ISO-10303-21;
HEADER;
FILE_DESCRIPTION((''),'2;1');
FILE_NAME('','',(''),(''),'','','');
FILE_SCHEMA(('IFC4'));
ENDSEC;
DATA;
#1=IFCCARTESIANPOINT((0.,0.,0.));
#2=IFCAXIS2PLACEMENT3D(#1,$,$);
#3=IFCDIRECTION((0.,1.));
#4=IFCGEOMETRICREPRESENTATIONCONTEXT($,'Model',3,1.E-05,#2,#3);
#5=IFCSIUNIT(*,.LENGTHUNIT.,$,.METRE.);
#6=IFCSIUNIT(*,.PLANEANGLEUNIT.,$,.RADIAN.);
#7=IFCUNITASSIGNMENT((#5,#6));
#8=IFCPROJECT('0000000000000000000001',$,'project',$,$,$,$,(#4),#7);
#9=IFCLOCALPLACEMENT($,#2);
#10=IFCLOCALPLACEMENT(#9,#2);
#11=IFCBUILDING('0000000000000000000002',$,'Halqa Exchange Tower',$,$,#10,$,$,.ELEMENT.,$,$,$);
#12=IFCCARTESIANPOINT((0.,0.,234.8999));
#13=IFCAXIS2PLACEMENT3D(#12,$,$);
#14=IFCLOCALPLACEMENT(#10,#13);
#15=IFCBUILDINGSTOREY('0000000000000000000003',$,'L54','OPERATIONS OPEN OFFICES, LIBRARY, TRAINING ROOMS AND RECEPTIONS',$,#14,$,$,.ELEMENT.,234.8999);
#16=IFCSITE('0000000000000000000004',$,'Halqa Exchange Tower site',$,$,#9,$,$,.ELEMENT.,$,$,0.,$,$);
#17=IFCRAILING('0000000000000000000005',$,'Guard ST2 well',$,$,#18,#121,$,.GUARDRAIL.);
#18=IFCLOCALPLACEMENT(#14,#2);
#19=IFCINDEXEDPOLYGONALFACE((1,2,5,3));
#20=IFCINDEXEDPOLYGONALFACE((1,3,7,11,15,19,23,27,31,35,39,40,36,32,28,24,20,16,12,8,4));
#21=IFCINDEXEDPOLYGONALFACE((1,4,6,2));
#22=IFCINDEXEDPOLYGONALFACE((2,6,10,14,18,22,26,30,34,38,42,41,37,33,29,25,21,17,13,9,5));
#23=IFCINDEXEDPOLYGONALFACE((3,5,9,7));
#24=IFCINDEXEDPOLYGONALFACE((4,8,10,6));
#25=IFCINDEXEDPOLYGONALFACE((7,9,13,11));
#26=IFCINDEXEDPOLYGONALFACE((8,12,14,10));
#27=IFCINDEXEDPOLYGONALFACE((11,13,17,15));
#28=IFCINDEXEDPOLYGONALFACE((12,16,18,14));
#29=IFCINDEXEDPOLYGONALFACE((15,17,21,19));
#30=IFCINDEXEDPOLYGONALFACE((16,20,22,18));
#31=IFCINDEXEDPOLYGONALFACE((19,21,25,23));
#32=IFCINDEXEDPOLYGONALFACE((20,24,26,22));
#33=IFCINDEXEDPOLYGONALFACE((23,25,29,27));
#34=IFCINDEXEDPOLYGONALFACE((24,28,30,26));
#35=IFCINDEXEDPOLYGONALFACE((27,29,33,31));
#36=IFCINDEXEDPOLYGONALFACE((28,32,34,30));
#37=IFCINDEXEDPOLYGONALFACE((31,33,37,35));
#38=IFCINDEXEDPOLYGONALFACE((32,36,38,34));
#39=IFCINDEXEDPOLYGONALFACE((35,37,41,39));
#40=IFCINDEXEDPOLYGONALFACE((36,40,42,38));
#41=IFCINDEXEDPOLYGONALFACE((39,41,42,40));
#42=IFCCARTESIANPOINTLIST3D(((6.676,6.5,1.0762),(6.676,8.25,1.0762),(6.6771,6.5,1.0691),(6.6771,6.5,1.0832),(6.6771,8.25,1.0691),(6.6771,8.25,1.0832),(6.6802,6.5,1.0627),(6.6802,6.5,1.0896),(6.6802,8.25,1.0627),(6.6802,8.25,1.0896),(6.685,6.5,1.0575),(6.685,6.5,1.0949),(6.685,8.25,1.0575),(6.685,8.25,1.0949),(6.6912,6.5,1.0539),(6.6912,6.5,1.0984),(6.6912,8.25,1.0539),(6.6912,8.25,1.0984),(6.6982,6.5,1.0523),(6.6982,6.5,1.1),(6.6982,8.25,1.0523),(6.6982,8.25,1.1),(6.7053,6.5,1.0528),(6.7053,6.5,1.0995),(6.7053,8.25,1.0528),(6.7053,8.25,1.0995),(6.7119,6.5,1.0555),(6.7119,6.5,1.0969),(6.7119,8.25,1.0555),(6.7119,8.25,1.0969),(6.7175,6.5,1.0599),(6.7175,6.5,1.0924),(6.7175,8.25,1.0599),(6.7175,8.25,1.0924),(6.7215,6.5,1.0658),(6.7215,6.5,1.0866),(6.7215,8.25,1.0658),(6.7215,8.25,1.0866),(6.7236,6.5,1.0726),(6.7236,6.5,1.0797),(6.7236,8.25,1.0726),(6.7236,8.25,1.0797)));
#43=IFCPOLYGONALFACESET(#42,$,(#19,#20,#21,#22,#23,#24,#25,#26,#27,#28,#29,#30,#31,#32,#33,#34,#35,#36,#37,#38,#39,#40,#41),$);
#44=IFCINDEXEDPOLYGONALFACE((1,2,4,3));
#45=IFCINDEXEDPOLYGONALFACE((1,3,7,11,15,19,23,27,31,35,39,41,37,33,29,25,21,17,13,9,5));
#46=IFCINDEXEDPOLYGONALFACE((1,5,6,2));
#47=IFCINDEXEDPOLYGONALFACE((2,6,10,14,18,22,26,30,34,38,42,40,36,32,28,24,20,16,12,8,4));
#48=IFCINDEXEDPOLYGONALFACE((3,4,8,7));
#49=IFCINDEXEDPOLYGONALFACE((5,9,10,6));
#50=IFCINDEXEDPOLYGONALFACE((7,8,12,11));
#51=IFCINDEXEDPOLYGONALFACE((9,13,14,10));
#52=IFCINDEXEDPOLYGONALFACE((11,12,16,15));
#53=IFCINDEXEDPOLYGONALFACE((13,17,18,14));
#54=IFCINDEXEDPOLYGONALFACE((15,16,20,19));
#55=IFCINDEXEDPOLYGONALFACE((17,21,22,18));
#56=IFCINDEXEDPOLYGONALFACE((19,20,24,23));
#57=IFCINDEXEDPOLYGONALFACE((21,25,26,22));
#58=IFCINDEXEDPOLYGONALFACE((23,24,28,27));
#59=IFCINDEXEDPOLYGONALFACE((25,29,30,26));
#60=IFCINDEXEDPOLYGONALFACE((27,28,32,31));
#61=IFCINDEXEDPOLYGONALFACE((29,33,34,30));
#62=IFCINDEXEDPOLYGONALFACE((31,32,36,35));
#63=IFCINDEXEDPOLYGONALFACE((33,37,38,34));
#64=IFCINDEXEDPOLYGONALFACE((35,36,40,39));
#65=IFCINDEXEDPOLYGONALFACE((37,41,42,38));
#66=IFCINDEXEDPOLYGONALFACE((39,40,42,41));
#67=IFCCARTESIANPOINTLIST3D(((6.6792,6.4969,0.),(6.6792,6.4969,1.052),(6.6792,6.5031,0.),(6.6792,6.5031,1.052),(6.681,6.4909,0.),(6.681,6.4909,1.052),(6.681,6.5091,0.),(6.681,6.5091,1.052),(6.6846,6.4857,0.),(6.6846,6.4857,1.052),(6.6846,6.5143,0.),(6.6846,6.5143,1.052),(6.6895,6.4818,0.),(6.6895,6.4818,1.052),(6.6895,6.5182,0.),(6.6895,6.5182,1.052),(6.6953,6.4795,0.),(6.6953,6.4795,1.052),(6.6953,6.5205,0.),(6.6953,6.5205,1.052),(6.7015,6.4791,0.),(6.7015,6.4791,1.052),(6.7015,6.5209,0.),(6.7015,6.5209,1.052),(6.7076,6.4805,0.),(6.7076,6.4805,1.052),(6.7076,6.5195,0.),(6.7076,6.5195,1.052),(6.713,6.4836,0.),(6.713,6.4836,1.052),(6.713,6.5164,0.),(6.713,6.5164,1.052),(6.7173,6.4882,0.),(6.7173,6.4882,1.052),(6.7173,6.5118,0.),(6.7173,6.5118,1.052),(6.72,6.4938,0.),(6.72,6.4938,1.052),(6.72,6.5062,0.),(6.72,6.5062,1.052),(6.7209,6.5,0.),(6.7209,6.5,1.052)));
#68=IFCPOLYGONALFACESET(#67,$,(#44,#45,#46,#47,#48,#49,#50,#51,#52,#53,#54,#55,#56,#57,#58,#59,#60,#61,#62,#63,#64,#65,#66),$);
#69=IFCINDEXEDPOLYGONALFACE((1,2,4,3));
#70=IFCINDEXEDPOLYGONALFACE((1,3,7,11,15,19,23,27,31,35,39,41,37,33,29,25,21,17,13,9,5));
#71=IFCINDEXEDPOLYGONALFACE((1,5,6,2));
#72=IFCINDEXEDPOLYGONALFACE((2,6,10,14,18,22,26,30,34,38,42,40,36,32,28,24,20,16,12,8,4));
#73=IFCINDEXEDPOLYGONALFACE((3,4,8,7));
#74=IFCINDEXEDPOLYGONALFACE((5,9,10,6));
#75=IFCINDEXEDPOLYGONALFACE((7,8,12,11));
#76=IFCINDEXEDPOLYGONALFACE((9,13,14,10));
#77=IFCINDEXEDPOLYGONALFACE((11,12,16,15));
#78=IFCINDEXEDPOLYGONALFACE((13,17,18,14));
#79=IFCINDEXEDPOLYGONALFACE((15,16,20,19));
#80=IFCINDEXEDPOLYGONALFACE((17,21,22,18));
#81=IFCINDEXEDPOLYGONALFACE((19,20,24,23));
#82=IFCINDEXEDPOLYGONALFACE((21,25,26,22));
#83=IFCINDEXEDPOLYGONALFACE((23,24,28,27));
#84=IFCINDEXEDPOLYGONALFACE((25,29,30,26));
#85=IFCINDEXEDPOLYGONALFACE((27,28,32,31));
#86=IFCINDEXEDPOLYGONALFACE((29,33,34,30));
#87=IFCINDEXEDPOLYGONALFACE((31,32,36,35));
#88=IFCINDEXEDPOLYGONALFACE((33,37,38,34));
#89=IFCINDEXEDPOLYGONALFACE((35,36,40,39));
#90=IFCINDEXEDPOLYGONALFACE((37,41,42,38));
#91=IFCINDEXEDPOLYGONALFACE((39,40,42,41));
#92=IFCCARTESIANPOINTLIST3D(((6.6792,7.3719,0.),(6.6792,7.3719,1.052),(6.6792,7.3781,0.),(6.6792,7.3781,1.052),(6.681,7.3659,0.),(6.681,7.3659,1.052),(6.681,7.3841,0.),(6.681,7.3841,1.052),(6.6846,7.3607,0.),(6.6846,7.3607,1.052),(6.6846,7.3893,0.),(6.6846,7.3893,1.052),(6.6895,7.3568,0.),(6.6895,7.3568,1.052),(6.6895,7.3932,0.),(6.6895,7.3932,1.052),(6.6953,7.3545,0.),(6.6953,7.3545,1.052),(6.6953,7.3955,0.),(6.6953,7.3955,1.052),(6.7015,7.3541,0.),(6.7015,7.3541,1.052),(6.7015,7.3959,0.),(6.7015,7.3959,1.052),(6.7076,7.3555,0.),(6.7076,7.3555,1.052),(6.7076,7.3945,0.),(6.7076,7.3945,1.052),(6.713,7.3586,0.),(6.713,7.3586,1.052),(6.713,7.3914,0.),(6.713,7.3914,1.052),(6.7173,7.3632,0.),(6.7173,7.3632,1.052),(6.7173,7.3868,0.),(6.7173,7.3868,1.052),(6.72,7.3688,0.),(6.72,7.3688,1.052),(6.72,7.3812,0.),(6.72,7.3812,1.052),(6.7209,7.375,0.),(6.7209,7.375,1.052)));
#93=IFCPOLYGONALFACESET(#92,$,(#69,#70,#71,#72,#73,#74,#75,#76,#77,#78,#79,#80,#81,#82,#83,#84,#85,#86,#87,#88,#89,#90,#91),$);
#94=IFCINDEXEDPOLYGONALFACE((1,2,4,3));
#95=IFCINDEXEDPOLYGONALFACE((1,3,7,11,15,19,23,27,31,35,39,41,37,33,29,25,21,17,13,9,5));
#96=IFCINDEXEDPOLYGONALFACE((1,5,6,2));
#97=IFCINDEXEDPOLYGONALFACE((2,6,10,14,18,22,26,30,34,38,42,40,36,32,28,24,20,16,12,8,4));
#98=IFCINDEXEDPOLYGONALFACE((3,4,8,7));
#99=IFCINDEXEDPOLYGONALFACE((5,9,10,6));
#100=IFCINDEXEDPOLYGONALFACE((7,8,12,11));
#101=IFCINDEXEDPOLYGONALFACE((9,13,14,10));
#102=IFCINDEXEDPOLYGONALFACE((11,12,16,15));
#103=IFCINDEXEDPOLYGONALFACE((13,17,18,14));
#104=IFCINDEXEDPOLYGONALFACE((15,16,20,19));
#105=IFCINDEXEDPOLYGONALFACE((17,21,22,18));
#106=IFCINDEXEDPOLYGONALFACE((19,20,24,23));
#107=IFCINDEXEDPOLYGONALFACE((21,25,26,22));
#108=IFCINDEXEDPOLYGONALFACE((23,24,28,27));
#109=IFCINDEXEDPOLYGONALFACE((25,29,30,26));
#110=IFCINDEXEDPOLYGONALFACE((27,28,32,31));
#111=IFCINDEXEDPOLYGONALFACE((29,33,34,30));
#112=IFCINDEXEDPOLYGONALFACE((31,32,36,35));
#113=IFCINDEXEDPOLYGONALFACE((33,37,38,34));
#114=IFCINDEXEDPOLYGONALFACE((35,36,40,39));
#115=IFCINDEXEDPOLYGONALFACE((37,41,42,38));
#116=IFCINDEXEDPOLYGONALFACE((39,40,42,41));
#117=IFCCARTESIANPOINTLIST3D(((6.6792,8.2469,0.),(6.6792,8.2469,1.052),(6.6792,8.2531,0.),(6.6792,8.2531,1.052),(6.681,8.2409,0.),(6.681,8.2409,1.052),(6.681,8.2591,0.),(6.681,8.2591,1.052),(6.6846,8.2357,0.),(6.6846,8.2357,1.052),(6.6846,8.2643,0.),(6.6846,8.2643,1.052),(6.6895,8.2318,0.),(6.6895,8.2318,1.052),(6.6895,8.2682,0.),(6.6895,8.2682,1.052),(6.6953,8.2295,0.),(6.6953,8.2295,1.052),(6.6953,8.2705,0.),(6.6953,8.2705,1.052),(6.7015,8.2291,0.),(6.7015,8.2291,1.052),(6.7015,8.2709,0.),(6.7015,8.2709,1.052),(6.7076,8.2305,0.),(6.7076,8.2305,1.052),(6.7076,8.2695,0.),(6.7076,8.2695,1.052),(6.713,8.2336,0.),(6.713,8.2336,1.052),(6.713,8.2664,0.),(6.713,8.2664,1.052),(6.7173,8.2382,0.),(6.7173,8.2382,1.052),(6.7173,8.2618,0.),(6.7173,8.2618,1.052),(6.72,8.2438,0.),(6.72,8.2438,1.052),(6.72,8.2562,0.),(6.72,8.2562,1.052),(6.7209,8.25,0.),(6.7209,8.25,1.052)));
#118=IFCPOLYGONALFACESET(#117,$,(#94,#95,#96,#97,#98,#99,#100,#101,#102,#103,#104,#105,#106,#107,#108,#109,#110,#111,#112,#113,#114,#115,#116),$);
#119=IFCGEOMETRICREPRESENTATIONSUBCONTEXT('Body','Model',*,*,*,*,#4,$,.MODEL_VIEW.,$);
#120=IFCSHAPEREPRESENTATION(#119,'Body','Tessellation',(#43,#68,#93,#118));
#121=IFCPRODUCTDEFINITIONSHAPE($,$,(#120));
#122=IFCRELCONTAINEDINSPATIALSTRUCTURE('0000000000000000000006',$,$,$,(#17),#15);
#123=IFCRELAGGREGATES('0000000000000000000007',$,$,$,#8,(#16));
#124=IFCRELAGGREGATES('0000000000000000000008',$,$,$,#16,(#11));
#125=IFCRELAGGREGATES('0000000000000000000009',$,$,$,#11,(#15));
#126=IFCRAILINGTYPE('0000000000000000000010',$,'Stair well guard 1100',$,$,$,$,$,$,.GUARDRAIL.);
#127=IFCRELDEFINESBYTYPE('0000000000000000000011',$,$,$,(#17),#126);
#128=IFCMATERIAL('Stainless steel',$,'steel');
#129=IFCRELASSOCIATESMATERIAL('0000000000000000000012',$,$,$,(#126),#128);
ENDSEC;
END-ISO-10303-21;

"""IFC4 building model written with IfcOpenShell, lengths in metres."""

from ifc_helpers import new_model, si_unit, direction, frame, origin, origin_2d, place, context, subcontext, project, spatial, circle, extrude, material, type_object, element, save


model = new_model("IFC4")

# Units and contexts
model_context = context("Model", 3, precision=1e-05, world=origin(), true_north=direction((0.0, 1.0)))
body_context = subcontext(model_context, "Body", "Model", "MODEL_VIEW")
ifc_project = project(units=[si_unit("LENGTHUNIT", "METRE"), si_unit("PLANEANGLEUNIT", "RADIAN")], contexts=[model_context])

# Site, building, storey
site_placement = place(None, origin())
site = spatial("IfcSite", under=ifc_project, at=site_placement, Name="Halqa Exchange Tower site", CompositionType="ELEMENT", RefElevation=0.0)
building_placement = place(site_placement, origin())
building = spatial("IfcBuilding", under=site, at=building_placement, Name="Halqa Exchange Tower", CompositionType="ELEMENT")
storey_placement = place(building_placement, frame((0.0, 0.0, 234.8999)))
storey = spatial("IfcBuildingStorey", under=building, at=storey_placement, Name="L54", Description="OPERATIONS OPEN OFFICES, LIBRARY, TRAINING ROOMS AND RECEPTIONS", CompositionType="ELEMENT", Elevation=234.8999)

# Railing
ifc_material_1 = material(Name="Stainless steel", Category="steel")
railing_type_1 = type_object("IfcRailingType", Name="Stair well guard 1100", PredefinedType="GUARDRAIL", material=ifc_material_1)
railing_1_placement = place(storey_placement, frame((6.7, 6.5, 0.0)))
element("IfcRailing", 1, at=railing_1_placement, inside=storey, type_object=railing_type_1, Name="Guard ST2 well", PredefinedType="GUARDRAIL", context=body_context, shape_type="SweptSolid", body=[
    extrude(circle(Radius=0.0239, at=origin_2d()), frame((0.0, 0.0, 1.0762), z_axis=(0.0, 1.0, 0.0), x_axis=(-1.0, 0.0, 0.0)), (0.0, 0.0, 1.0), 1.75),
    extrude(circle(Radius=0.021, at=origin_2d()), origin(), (0.0, 0.0, 1.0), 1.052),
    extrude(circle(Radius=0.021, at=origin_2d()), frame((0.0, 0.875, 0.0)), (0.0, 0.0, 1.0), 1.052),
    extrude(circle(Radius=0.021, at=origin_2d()), frame((0.0, 1.75, 0.0)), (0.0, 0.0, 1.0), 1.052),
])

save(model, "model.ifc")
